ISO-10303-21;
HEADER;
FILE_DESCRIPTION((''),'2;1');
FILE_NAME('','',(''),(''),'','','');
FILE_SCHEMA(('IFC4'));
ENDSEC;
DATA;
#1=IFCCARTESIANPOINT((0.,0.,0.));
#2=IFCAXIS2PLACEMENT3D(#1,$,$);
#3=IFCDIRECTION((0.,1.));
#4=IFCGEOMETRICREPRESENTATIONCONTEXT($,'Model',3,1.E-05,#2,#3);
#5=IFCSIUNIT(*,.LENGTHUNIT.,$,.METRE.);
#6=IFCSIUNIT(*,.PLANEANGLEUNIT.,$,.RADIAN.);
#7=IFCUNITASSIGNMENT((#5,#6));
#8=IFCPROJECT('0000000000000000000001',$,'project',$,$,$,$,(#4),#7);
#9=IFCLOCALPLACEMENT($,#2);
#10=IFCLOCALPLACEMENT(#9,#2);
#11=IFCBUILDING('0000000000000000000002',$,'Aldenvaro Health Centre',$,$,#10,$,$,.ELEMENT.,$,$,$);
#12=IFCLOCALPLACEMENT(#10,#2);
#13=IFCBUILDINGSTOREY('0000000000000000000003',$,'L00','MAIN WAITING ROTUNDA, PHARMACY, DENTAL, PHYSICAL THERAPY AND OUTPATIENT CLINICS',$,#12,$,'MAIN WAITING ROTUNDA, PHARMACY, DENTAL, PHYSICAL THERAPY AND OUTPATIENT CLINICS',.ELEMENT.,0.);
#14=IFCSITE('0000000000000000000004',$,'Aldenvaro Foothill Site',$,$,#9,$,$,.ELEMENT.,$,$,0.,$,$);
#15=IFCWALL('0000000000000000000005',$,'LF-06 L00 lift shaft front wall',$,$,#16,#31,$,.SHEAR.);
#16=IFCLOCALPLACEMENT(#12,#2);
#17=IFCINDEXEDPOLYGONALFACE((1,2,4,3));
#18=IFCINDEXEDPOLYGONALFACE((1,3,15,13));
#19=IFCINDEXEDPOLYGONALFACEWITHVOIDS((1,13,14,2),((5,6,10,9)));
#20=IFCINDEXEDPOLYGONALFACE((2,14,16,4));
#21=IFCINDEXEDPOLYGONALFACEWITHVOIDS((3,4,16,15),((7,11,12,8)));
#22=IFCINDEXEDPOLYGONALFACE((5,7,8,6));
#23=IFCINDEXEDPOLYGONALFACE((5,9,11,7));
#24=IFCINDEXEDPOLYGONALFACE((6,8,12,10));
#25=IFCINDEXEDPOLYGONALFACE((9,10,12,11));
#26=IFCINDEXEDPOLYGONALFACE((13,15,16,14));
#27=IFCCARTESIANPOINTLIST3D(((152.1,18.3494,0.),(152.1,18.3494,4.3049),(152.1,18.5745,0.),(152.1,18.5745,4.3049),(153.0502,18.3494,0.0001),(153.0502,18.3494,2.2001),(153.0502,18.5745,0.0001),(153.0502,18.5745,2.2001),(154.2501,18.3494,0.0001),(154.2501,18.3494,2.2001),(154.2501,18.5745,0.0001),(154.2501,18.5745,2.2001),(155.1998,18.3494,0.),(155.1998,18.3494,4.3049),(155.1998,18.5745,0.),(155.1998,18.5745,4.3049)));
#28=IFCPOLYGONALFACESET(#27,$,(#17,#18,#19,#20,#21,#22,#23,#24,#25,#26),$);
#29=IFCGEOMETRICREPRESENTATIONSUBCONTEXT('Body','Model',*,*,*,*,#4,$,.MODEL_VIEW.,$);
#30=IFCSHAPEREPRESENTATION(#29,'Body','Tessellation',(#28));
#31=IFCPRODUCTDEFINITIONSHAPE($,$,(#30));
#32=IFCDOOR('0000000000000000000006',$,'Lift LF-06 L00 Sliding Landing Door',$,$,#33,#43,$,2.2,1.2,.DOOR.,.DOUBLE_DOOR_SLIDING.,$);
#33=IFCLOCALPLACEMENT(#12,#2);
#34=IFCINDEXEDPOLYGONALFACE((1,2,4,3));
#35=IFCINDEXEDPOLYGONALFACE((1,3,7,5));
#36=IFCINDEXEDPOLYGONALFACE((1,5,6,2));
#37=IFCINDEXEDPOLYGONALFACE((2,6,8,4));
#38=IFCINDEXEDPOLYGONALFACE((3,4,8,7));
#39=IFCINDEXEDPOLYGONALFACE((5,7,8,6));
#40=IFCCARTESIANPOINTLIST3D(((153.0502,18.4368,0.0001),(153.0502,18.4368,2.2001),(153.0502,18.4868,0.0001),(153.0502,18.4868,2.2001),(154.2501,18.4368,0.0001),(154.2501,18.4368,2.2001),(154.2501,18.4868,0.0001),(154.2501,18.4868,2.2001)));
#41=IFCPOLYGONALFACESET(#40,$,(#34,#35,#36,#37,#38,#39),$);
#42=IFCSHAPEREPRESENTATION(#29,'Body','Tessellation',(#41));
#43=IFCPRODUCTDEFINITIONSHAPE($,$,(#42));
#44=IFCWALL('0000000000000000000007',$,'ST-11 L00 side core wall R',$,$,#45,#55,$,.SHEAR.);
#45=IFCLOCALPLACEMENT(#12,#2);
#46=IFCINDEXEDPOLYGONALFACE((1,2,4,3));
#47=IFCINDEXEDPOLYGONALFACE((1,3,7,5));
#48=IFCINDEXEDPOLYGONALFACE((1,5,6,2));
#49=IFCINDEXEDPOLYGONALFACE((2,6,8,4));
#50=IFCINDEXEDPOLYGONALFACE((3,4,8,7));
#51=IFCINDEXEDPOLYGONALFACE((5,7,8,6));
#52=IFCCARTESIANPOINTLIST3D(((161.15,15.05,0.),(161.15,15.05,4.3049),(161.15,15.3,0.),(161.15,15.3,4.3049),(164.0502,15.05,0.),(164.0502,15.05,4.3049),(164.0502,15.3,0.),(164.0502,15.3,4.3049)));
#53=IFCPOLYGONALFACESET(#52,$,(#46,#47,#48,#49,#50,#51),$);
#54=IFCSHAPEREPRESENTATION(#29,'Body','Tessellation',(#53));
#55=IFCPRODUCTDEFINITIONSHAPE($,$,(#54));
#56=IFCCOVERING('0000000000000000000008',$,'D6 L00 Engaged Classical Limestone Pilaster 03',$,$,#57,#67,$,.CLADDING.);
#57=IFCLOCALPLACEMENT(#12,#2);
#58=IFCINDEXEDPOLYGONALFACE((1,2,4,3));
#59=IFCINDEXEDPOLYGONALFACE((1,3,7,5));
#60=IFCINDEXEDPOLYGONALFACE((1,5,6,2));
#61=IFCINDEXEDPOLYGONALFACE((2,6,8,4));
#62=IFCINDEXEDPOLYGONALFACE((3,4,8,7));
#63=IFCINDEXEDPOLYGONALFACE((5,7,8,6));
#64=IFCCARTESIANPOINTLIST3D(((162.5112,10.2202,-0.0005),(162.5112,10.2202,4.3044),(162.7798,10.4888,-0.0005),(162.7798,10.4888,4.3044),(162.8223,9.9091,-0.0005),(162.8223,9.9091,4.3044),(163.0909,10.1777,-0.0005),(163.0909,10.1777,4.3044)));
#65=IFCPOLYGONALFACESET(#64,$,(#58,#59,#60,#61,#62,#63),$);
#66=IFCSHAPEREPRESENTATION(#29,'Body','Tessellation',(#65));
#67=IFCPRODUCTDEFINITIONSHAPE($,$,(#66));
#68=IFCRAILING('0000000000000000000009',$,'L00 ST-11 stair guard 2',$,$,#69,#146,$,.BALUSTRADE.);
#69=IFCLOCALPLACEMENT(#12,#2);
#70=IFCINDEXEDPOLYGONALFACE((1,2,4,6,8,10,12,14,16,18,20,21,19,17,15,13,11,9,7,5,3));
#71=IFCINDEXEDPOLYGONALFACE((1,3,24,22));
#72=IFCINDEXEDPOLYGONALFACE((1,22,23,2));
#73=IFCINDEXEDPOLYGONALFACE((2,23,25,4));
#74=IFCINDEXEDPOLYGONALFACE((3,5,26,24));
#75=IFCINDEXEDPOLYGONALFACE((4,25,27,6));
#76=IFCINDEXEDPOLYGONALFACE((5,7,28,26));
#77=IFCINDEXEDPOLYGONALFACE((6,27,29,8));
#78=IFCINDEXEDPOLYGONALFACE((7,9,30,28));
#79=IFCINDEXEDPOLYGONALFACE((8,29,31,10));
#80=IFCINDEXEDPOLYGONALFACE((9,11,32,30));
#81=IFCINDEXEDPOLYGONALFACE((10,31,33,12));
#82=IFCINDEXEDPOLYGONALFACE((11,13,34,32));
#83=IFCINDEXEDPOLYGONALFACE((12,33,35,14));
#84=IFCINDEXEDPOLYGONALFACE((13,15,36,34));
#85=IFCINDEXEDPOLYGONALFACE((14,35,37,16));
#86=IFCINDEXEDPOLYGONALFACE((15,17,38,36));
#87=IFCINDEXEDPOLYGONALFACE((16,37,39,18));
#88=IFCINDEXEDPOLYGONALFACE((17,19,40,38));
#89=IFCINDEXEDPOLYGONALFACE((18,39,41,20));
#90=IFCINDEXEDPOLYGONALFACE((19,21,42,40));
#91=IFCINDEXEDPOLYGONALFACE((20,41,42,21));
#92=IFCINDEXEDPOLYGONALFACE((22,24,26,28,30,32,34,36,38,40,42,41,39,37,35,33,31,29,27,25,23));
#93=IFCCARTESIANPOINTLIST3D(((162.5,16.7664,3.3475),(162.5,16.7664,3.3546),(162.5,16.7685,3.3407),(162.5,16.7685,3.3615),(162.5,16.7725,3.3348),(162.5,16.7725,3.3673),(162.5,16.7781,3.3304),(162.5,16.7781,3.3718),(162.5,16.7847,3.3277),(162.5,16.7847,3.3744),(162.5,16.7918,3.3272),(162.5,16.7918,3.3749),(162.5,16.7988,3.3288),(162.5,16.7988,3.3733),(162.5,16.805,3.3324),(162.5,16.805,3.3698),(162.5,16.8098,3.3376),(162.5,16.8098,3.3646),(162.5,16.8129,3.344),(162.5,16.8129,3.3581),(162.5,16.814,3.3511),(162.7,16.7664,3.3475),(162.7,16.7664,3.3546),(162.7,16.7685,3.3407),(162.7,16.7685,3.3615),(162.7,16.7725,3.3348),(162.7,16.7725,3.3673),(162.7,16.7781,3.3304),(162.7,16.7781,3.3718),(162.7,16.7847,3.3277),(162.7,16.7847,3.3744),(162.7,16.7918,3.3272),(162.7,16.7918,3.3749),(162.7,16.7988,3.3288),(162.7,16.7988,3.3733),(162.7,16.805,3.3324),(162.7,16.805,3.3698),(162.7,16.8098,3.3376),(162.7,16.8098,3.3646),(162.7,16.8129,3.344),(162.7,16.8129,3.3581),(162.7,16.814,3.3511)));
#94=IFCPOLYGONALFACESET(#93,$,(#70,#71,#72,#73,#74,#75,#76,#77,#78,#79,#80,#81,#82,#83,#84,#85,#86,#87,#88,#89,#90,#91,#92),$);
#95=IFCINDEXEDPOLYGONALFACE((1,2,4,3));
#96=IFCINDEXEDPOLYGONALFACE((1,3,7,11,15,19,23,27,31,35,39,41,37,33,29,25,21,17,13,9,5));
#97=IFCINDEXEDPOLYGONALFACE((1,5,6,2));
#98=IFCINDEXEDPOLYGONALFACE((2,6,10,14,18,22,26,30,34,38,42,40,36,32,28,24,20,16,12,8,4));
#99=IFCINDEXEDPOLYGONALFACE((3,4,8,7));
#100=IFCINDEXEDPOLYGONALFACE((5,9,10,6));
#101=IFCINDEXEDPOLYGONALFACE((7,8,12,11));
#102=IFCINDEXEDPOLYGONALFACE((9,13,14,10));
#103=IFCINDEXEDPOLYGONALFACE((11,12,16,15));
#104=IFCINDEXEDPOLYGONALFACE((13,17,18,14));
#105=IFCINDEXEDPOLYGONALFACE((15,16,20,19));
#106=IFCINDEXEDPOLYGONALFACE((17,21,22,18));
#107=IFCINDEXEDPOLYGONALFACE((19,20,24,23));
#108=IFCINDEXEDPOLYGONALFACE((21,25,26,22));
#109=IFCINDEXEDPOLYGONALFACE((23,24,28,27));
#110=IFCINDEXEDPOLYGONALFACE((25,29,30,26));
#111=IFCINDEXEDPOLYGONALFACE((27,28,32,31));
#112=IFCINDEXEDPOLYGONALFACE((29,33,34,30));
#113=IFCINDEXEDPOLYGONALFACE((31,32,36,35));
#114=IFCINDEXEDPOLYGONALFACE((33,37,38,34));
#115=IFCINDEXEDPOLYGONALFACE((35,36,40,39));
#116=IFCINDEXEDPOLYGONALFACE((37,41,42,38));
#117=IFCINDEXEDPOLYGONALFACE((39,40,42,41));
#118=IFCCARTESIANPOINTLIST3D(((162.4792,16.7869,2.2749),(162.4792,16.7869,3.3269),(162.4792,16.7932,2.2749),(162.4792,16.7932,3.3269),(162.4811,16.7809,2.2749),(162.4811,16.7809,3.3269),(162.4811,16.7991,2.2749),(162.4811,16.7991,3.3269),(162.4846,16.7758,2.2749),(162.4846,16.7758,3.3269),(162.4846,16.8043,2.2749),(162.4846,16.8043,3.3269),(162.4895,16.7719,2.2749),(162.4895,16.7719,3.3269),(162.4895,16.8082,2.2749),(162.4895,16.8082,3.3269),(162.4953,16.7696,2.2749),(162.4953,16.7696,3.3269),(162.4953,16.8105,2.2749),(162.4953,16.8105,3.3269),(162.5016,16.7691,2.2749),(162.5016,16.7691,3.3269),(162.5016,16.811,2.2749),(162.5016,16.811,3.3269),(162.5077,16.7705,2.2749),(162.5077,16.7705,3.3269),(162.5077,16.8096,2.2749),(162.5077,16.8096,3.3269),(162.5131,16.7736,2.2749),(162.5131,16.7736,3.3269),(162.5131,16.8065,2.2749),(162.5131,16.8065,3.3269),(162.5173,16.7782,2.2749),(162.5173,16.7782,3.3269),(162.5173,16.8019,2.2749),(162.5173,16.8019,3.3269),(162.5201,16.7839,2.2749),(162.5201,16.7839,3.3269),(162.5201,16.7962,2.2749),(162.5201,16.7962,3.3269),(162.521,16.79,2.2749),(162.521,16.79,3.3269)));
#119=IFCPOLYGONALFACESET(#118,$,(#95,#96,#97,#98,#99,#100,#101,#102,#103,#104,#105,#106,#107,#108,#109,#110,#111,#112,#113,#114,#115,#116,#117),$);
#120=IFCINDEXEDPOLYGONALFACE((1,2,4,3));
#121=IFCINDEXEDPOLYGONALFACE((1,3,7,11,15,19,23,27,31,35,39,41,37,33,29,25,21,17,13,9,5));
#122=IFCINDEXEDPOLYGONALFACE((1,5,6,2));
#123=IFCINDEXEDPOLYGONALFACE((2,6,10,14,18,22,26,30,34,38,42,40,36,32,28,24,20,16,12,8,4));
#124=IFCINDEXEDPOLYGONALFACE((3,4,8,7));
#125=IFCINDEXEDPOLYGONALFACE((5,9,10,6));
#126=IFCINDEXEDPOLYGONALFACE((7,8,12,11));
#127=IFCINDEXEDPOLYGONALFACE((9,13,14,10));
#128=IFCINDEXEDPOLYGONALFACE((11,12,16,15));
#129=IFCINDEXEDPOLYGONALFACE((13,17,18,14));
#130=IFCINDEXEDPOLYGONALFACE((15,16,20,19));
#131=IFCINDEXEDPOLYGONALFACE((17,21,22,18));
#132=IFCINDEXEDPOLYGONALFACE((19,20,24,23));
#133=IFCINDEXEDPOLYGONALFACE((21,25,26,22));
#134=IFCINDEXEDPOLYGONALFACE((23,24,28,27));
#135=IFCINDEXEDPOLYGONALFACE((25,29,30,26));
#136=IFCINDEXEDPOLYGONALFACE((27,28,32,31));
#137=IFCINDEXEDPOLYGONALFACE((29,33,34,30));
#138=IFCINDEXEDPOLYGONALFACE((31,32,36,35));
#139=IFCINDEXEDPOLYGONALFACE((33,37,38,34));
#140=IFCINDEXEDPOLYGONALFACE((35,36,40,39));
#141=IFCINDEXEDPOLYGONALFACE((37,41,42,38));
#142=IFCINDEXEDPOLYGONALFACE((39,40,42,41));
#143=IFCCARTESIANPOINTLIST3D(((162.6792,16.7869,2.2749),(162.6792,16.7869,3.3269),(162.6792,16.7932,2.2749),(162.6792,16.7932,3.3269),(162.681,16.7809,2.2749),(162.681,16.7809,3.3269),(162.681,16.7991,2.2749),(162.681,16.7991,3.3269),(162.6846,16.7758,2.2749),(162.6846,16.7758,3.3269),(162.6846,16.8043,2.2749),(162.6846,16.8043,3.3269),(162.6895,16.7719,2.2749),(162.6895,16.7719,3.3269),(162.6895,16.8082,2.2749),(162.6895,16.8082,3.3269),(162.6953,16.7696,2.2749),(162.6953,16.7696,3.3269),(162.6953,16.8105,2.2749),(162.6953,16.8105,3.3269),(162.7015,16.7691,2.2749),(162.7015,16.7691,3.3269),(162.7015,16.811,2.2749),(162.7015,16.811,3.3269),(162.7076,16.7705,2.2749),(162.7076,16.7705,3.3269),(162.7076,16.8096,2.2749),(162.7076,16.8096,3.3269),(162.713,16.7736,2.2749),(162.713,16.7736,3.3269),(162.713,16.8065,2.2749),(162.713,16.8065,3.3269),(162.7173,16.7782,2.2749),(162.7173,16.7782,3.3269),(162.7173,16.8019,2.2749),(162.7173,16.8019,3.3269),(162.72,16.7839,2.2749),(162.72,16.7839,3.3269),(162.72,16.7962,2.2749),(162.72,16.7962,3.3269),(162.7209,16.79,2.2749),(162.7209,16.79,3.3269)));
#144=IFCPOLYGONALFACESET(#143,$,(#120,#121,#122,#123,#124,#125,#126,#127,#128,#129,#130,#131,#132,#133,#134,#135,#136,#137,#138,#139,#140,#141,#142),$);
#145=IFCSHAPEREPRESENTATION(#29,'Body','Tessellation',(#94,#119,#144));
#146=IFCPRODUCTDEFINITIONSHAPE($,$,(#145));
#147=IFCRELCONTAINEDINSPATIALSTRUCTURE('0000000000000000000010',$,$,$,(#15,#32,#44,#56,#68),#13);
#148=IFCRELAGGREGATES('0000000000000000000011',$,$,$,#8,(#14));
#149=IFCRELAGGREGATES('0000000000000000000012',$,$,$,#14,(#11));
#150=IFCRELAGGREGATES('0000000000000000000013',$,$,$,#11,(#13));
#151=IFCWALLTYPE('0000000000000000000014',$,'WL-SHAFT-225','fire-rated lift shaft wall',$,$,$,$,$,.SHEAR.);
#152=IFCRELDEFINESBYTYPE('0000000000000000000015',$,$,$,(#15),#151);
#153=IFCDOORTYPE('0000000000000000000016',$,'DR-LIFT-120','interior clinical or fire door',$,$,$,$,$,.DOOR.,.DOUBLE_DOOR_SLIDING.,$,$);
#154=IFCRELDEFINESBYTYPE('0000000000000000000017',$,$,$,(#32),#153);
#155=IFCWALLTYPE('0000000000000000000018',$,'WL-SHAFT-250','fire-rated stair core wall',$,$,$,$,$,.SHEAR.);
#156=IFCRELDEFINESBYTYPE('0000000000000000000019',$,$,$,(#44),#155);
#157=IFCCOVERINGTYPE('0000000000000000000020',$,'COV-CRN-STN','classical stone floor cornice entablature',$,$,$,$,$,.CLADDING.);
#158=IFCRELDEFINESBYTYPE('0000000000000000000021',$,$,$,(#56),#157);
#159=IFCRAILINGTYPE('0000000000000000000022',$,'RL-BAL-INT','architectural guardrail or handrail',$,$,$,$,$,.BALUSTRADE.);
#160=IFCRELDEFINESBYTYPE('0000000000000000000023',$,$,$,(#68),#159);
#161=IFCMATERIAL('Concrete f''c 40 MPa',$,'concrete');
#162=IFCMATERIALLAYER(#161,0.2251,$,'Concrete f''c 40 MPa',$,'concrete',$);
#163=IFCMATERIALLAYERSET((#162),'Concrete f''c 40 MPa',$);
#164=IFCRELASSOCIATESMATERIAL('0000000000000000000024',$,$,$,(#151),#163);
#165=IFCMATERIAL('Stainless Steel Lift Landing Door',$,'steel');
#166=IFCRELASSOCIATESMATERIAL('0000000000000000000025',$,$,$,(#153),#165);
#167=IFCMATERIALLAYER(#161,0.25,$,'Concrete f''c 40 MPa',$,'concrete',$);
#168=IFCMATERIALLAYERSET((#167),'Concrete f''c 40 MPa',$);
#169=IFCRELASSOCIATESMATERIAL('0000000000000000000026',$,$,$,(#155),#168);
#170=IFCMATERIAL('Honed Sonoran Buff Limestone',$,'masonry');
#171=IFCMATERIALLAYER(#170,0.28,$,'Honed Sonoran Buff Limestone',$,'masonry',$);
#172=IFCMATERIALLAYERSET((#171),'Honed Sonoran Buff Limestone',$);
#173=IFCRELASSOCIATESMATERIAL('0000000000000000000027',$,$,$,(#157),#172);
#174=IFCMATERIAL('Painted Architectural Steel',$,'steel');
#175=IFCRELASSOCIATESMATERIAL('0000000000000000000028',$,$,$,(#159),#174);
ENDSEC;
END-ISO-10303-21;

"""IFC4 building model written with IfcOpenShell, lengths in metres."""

from ifc_helpers import new_model, si_unit, direction, frame, frame_2d, origin, origin_2d, place, context, subcontext, project, spatial, rectangle, circle, extrude, material, layer, layer_set, type_object, element, fill, save


model = new_model("IFC4")

# Units and contexts
model_context = context("Model", 3, precision=1e-05, world=origin(), true_north=direction((0.0, 1.0)))
body_context = subcontext(model_context, "Body", "Model", "MODEL_VIEW")
ifc_project = project(units=[si_unit("LENGTHUNIT", "METRE"), si_unit("PLANEANGLEUNIT", "RADIAN")], contexts=[model_context])

# Site, building, storey
site_placement = place(None, origin())
site = spatial("IfcSite", under=ifc_project, at=site_placement, Name="Aldenvaro Foothill Site", CompositionType="ELEMENT", RefElevation=0.0)
building_placement = place(site_placement, origin())
building = spatial("IfcBuilding", under=site, at=building_placement, Name="Aldenvaro Health Centre", CompositionType="ELEMENT")
storey_placement = place(building_placement, origin())
storey = spatial("IfcBuildingStorey", under=building, at=storey_placement, Name="L00", Description="MAIN WAITING ROTUNDA, PHARMACY, DENTAL, PHYSICAL THERAPY AND OUTPATIENT CLINICS", LongName="MAIN WAITING ROTUNDA, PHARMACY, DENTAL, PHYSICAL THERAPY AND OUTPATIENT CLINICS", CompositionType="ELEMENT", Elevation=0.0)

# Shared definitions
ifc_material_1 = material(Name="Concrete f'c 40 MPa", Category="concrete")

# Wall, opening, door
ifc_layer_1 = layer(ifc_material_1, 0.2251, Name="Concrete f'c 40 MPa", Category="concrete")
ifc_layer_set_1 = layer_set([ifc_layer_1], Name="Concrete f'c 40 MPa")
wall_type_1 = type_object("IfcWallType", Name="WL-SHAFT-225", Description="fire-rated lift shaft wall", PredefinedType="SHEAR", material=ifc_layer_set_1)
wall_1_placement = place(storey_placement, frame((152.1001, 18.4619, 0.0), z_axis=(0.0, 0.0, 1.0), x_axis=(1.0, 0.0, 0.0)))
wall_1 = element("IfcWall", 1, at=wall_1_placement, inside=storey, type_object=wall_type_1, Name="LF-06 L00 lift shaft front wall", PredefinedType="SHEAR", context=body_context, shape_type="SweptSolid", body=[
    extrude(rectangle(XDim=3.0999, YDim=0.2251, at=frame_2d((1.5498, 0.0))), origin(), (0.0, 0.0, 1.0), 4.3049),
])
opening_1_placement = place(wall_1_placement, frame((0.95, 0.0, 0.0)))
opening_1 = element("IfcOpeningElement", 2, at=opening_1_placement, cuts=wall_1, PredefinedType="OPENING", context=body_context, shape_type="SweptSolid", body=[
    extrude(rectangle(XDim=1.2, YDim=2.2, at=frame_2d((0.6001, 1.1001))), frame((0.0, 0.1226, 0.0), z_axis=(0.0, -1.0, 0.0), x_axis=(1.0, 0.0, 0.0)), (0.0, 0.0, 1.0), 0.2451),
])
ifc_material_2 = material(Name="Stainless Steel Lift Landing Door", Category="steel")
door_type_1 = type_object("IfcDoorType", Name="DR-LIFT-120", Description="interior clinical or fire door", OperationType="DOUBLE_DOOR_SLIDING", PredefinedType="DOOR", material=ifc_material_2)
door_1_placement = place(opening_1_placement, origin())
door_1 = element("IfcDoor", 3, at=door_1_placement, inside=storey, type_object=door_type_1, Name="Lift LF-06 L00 Sliding Landing Door", OperationType="DOUBLE_DOOR_SLIDING", OverallHeight=2.2, OverallWidth=1.2, PredefinedType="DOOR", context=body_context, shape_type="SweptSolid", body=[
    extrude(rectangle(XDim=1.2, YDim=2.2, at=frame_2d((0.6001, 1.1001))), frame((0.0, 0.0249, 0.0), z_axis=(0.0, -1.0, 0.0), x_axis=(1.0, 0.0, 0.0)), (0.0, 0.0, 1.0), 0.05),
])
fill(opening_1, door_1)

# Wall
ifc_layer_2 = layer(ifc_material_1, 0.25, Name="Concrete f'c 40 MPa", Category="concrete")
ifc_layer_set_2 = layer_set([ifc_layer_2], Name="Concrete f'c 40 MPa")
wall_type_2 = type_object("IfcWallType", Name="WL-SHAFT-250", Description="fire-rated stair core wall", PredefinedType="SHEAR", material=ifc_layer_set_2)
wall_2_placement = place(storey_placement, frame((161.1499, 15.175, 0.0), z_axis=(0.0, 0.0, 1.0), x_axis=(1.0, 0.0, 0.0)))
element("IfcWall", 4, at=wall_2_placement, inside=storey, type_object=wall_type_2, Name="ST-11 L00 side core wall R", PredefinedType="SHEAR", context=body_context, shape_type="SweptSolid", body=[
    extrude(rectangle(XDim=2.9001, YDim=0.25, at=frame_2d((1.4502, 0.0))), origin(), (0.0, 0.0, 1.0), 4.3049),
])

# Covering
ifc_material_3 = material(Name="Honed Sonoran Buff Limestone", Category="masonry")
ifc_layer_3 = layer(ifc_material_3, 0.28, Name="Honed Sonoran Buff Limestone", Category="masonry")
ifc_layer_set_3 = layer_set([ifc_layer_3], Name="Honed Sonoran Buff Limestone")
covering_type = type_object("IfcCoveringType", Name="COV-CRN-STN", Description="classical stone floor cornice entablature", PredefinedType="CLADDING", material=ifc_layer_set_3)
covering_placement = place(storey_placement, frame((162.801, 10.199, -0.0005), z_axis=(0.0, 0.0, 1.0), x_axis=(0.707107, -0.707107, 0.0)))
element("IfcCovering", 5, at=covering_placement, inside=storey, type_object=covering_type, Name="D6 L00 Engaged Classical Limestone Pilaster 03", PredefinedType="CLADDING", context=body_context, shape_type="SweptSolid", body=[
    extrude(rectangle(XDim=0.4399, YDim=0.3799, at=origin_2d()), origin(), (0.0, 0.0, 1.0), 4.3049),
])

# Railing
ifc_material_4 = material(Name="Painted Architectural Steel", Category="steel")
railing_type = type_object("IfcRailingType", Name="RL-BAL-INT", Description="architectural guardrail or handrail", PredefinedType="BALUSTRADE", material=ifc_material_4)
railing_1_placement = place(storey_placement, frame((162.5, 16.79, 2.2749)))
element("IfcRailing", 6, at=railing_1_placement, inside=storey, type_object=railing_type, Name="L00 ST-11 stair guard 2", PredefinedType="BALUSTRADE", context=body_context, shape_type="SweptSolid", body=[
    extrude(circle(Radius=0.0239, at=origin_2d()), frame((0.0, 0.0, 1.0762), z_axis=(1.0, 0.0, 0.0), x_axis=(0.0, 1.0, 0.0)), (0.0, 0.0, 1.0), 0.2),
    extrude(circle(Radius=0.021, at=origin_2d()), origin(), (0.0, 0.0, 1.0), 1.052),
    extrude(circle(Radius=0.021, at=origin_2d()), frame((0.2, 0.0, 0.0)), (0.0, 0.0, 1.0), 1.052),
])

save(model, "model.ifc")
